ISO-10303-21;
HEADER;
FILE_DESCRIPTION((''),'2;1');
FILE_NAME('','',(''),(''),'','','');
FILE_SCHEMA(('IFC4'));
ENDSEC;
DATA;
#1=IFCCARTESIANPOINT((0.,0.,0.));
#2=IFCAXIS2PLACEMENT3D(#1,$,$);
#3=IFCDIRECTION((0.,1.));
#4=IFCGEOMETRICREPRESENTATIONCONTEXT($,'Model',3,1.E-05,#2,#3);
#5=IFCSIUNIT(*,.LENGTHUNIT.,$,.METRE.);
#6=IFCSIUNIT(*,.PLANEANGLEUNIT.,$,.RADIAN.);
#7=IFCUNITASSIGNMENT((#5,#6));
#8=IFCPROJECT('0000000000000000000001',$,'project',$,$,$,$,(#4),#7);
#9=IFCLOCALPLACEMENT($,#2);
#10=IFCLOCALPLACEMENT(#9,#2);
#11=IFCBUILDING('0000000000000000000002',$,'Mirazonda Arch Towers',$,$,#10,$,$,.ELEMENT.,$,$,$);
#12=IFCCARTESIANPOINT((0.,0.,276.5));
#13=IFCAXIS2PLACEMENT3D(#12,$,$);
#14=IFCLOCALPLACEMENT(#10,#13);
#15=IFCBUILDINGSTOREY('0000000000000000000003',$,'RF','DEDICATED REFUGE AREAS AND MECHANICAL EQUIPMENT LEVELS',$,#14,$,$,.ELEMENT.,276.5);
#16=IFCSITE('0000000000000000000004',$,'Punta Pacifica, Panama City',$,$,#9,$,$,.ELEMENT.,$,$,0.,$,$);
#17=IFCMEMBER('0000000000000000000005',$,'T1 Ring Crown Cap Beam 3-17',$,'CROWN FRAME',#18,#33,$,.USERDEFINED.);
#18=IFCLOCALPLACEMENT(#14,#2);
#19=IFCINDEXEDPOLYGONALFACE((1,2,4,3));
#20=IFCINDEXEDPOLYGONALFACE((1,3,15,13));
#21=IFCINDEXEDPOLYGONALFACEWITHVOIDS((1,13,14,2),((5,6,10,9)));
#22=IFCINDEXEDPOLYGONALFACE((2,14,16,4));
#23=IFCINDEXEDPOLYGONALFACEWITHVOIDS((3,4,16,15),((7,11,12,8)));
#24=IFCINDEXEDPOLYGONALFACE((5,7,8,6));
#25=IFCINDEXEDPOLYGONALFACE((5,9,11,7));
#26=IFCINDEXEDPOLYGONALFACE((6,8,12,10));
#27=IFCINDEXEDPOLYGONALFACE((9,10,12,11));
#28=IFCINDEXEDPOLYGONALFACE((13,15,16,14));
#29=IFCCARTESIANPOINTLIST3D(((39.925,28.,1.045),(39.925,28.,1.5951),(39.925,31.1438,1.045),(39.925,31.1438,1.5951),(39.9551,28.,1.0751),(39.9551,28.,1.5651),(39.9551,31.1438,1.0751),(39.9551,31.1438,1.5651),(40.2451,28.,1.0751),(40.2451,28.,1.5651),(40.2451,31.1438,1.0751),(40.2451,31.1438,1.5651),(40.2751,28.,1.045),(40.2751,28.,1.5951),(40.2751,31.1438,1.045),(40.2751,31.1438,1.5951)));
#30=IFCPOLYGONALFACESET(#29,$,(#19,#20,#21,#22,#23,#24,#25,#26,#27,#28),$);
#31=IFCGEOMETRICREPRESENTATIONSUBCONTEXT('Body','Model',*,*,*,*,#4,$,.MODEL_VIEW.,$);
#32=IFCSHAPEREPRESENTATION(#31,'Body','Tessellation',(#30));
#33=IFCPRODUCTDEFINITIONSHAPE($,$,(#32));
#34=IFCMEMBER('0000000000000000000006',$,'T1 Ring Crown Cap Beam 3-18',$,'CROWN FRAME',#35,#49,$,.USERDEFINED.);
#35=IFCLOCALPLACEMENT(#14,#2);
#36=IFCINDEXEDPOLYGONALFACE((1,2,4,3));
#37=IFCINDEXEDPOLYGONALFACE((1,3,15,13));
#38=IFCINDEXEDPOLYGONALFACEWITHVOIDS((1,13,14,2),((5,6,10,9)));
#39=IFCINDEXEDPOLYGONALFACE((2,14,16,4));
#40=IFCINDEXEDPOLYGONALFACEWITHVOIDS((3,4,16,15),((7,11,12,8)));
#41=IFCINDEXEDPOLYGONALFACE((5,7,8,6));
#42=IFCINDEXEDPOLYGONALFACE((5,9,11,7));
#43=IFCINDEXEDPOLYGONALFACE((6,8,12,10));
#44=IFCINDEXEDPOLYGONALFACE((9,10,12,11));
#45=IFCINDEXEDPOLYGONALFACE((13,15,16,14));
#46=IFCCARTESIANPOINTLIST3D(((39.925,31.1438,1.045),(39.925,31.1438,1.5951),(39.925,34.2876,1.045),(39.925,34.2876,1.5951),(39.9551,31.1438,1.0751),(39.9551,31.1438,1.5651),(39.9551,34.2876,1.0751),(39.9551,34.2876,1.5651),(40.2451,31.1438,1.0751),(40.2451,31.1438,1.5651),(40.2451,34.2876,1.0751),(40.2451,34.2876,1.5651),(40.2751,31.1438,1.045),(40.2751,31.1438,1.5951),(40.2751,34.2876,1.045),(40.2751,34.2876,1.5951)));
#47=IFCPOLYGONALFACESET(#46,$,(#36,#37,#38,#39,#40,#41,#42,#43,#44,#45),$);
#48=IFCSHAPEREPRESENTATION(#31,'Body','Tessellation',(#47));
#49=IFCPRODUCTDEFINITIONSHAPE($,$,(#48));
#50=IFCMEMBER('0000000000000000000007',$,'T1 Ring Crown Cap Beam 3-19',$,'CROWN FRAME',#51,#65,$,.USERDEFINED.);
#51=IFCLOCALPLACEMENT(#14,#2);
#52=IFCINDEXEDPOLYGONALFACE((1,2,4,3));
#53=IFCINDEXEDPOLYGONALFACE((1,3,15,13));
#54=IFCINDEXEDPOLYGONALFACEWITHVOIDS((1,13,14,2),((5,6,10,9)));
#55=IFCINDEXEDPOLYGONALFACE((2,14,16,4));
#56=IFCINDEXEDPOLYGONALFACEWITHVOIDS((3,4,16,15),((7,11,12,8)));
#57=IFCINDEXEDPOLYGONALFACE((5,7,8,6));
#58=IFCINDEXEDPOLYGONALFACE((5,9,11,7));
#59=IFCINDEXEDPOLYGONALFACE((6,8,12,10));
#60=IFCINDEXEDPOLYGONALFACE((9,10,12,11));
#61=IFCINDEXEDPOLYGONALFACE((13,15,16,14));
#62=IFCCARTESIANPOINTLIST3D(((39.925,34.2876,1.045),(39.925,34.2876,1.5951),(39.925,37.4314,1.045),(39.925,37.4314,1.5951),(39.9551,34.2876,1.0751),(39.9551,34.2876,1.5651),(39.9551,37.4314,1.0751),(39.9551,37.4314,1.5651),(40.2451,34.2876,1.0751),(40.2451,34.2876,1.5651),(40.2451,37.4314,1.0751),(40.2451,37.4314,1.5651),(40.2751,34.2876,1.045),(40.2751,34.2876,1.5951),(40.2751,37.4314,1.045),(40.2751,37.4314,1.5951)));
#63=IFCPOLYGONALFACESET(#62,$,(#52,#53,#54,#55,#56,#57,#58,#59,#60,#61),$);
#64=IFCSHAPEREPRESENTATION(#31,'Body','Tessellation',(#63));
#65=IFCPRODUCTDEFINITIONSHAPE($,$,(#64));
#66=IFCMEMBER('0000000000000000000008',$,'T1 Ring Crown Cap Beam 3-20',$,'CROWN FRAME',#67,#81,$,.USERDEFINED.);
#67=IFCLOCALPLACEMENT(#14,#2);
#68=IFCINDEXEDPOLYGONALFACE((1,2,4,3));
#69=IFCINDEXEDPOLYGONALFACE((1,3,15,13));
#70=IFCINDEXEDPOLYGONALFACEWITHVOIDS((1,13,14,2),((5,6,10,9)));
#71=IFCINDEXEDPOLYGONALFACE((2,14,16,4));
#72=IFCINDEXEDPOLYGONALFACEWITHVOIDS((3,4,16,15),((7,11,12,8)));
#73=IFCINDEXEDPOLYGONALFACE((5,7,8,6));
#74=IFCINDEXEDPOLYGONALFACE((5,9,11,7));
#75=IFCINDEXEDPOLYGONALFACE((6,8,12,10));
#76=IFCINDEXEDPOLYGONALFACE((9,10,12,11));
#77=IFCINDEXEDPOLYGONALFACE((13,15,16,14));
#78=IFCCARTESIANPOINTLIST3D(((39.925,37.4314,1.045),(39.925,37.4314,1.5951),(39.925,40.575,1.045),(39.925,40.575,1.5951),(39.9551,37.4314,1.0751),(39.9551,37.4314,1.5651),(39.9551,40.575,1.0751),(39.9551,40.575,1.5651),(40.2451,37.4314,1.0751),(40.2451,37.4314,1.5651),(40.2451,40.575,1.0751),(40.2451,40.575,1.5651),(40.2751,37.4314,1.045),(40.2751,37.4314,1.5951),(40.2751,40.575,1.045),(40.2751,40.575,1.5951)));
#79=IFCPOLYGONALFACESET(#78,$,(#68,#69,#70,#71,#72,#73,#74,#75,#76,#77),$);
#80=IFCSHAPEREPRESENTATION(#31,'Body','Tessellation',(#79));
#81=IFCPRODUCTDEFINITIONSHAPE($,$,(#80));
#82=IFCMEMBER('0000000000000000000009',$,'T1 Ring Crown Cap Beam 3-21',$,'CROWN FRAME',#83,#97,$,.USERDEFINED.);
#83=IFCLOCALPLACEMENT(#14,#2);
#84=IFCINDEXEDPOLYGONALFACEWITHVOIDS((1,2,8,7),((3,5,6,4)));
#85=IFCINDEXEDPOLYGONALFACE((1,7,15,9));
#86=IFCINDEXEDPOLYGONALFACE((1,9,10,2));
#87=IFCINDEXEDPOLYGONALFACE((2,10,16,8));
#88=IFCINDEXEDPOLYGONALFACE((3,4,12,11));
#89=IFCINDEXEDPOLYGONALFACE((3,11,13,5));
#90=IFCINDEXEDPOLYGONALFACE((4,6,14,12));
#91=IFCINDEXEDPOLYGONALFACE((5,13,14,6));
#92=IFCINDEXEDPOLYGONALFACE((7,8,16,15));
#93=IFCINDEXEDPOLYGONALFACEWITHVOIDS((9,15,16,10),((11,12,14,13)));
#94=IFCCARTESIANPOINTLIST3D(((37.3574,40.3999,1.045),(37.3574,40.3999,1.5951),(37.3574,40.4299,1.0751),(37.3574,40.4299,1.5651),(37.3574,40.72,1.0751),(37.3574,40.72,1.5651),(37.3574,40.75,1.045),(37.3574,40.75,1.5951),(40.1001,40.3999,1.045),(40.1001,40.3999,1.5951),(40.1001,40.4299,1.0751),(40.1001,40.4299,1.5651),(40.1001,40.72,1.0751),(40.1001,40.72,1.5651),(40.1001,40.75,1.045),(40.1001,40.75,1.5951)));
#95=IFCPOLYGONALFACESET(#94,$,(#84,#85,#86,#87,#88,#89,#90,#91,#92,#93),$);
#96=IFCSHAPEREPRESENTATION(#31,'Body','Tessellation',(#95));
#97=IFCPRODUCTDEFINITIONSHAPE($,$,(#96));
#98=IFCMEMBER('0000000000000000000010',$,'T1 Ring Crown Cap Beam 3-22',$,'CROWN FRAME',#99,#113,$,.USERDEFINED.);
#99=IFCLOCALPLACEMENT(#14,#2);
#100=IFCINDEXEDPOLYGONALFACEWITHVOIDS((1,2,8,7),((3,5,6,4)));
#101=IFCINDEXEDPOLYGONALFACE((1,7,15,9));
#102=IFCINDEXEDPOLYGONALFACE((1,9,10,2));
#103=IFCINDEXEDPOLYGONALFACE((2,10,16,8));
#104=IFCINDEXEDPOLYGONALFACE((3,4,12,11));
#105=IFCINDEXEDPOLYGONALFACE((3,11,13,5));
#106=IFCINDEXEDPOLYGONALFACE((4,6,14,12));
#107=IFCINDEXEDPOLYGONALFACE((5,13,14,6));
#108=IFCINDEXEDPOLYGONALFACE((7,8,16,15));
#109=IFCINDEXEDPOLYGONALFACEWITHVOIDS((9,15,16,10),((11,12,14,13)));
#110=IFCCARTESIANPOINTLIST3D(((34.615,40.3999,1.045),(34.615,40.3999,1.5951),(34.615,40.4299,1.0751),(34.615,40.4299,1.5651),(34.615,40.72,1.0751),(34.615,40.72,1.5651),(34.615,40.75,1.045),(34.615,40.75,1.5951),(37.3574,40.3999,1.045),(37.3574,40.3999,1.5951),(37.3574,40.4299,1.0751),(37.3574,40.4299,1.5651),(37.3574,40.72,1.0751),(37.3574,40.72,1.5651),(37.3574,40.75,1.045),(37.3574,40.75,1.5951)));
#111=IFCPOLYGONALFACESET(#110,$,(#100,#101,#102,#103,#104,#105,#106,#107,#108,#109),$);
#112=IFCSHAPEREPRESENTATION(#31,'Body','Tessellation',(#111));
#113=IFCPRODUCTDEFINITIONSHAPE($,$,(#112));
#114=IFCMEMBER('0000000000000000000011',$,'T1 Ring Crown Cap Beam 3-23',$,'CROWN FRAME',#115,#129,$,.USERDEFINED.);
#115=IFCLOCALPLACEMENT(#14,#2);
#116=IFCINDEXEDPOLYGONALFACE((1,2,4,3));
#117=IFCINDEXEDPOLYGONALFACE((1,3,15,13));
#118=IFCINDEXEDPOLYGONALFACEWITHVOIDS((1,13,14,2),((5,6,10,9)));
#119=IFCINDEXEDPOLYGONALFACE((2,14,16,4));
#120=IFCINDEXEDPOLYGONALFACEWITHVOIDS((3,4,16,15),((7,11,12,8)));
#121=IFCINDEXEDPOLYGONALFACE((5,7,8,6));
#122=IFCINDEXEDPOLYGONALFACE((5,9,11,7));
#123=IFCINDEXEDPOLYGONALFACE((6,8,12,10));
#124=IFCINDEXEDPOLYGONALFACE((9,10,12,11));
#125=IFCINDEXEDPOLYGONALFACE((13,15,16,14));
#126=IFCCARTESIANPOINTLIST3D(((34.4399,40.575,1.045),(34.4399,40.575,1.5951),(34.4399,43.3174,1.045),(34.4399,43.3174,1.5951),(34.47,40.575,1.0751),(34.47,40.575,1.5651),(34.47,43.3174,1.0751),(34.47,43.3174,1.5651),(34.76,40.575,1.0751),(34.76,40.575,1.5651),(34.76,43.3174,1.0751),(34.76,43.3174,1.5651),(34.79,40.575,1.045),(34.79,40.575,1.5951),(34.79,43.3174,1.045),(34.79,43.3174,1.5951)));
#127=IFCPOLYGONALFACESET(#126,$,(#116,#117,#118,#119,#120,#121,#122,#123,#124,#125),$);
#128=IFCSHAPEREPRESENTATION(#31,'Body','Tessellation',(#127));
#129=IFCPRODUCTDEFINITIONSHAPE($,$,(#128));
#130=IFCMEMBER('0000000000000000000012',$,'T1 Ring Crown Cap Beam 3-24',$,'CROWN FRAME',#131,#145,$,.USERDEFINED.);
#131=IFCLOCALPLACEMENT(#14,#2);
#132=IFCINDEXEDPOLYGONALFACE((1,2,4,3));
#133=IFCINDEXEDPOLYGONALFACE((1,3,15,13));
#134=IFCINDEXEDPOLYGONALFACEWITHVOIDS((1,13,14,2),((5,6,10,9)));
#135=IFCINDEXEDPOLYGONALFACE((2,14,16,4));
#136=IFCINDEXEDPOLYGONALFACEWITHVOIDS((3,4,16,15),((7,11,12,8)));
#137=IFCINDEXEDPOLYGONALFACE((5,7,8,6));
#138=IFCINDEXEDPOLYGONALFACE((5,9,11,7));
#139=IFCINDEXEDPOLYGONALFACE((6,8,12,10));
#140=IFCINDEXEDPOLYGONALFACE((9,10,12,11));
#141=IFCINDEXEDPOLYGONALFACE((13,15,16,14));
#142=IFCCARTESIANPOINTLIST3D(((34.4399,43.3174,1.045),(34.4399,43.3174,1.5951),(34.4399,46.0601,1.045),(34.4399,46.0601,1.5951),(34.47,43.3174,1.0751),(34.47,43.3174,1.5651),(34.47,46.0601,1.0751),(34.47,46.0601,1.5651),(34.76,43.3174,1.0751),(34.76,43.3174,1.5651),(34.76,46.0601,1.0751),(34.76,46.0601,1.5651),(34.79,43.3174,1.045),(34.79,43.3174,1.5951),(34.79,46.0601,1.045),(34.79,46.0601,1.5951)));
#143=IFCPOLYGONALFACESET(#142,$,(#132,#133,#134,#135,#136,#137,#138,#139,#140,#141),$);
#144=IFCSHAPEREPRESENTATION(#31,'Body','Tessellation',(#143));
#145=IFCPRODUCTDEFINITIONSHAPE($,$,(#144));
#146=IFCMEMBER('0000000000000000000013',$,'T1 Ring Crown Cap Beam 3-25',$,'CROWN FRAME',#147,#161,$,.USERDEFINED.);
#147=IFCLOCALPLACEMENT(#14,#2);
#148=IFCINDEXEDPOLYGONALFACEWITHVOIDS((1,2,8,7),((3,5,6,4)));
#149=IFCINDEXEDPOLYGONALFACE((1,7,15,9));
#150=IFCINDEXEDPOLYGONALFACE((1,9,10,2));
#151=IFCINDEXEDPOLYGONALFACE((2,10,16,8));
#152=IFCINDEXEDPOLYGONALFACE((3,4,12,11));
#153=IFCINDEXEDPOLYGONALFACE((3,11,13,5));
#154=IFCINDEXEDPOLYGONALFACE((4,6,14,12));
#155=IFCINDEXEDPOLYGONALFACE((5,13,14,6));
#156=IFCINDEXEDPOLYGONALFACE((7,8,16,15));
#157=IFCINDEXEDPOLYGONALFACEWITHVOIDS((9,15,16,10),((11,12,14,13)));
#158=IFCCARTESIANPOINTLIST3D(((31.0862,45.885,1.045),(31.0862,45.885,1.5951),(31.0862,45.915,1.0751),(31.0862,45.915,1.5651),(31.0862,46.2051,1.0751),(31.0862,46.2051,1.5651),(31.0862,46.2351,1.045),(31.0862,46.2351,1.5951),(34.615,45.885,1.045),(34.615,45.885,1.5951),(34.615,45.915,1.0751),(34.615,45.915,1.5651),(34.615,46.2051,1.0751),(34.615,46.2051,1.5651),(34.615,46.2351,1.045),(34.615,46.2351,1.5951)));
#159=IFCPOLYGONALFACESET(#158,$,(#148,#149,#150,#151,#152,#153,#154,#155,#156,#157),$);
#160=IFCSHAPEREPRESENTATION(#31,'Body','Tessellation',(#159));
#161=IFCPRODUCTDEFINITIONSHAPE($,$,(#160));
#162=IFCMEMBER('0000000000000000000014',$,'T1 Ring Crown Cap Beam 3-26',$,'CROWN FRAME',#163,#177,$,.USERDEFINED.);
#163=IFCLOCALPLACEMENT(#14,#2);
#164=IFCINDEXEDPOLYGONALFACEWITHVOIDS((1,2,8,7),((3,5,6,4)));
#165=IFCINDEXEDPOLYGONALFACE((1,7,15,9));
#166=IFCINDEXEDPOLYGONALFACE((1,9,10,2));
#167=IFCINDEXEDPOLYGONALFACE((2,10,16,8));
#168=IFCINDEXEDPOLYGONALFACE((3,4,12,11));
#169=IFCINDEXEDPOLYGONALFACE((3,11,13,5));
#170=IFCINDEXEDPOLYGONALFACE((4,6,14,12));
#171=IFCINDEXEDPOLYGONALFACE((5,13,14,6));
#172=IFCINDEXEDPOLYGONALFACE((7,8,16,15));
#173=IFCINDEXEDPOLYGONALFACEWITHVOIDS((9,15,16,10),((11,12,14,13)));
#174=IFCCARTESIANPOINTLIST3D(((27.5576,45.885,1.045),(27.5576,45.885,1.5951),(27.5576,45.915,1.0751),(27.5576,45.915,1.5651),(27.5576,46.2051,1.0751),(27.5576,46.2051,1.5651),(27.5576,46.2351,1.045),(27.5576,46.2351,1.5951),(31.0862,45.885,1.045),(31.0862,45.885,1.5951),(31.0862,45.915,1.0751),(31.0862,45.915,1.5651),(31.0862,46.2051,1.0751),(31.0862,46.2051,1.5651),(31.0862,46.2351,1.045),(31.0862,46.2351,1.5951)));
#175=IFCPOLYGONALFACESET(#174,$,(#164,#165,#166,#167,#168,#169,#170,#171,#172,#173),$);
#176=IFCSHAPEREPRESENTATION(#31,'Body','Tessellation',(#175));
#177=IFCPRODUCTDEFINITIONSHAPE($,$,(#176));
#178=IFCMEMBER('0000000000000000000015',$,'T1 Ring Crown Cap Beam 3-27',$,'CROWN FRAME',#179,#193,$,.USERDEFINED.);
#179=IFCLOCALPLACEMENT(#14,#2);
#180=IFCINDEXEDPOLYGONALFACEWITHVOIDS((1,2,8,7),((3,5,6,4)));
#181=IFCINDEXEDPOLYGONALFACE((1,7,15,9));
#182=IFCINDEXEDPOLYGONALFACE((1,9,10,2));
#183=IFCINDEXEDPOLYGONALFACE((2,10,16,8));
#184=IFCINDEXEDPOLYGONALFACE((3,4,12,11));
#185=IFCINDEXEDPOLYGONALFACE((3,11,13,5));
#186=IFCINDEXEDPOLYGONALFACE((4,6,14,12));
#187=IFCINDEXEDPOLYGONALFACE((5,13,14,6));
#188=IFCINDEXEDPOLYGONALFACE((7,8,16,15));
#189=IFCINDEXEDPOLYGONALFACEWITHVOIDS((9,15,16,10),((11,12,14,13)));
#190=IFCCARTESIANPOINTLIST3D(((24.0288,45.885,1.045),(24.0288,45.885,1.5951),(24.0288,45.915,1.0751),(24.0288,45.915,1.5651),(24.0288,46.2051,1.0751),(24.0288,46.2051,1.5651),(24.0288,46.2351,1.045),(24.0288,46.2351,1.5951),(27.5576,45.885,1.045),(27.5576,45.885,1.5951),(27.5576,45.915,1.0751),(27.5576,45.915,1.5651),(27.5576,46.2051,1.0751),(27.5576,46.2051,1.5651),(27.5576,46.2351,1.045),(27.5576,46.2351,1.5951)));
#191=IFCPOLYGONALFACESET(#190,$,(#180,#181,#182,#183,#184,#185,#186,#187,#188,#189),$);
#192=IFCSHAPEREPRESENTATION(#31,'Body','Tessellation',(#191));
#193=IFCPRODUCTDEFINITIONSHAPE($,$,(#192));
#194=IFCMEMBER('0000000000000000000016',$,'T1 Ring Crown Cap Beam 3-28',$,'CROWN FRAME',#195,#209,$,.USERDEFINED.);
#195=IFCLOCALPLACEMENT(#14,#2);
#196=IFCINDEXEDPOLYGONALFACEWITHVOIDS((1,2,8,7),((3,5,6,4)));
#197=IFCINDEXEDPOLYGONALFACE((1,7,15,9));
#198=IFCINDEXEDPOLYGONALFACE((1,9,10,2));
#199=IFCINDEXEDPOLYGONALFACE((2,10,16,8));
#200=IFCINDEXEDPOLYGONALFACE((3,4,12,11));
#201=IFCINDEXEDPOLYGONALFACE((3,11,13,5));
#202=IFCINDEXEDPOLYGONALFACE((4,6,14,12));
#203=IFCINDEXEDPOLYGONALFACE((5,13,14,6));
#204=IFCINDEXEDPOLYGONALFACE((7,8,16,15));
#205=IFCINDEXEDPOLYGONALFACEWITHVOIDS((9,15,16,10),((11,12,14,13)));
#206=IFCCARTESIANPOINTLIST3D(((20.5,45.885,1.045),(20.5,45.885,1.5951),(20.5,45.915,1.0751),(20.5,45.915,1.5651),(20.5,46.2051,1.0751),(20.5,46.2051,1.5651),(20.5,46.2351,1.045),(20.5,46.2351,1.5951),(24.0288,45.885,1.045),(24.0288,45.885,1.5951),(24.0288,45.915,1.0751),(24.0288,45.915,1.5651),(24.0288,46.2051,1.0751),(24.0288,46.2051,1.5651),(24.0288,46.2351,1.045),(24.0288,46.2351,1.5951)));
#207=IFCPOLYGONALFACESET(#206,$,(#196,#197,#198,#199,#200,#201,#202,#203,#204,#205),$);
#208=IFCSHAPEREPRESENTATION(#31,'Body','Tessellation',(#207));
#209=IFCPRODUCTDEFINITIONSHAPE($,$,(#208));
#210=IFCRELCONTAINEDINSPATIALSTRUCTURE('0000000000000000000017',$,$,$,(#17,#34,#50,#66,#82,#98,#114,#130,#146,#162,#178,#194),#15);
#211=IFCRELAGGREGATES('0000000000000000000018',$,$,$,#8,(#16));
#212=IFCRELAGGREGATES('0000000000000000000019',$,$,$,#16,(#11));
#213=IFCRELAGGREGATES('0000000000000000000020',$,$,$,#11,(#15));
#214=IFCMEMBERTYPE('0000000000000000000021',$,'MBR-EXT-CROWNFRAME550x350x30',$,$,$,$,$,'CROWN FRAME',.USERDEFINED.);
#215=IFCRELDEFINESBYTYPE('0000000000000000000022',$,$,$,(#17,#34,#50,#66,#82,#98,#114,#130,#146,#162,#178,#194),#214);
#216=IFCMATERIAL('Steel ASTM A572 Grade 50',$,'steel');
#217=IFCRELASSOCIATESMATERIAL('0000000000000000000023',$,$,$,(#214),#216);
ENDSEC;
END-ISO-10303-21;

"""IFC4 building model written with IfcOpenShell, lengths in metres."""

from ifc_helpers import new_model, si_unit, direction, frame, origin, origin_2d, place, context, subcontext, project, spatial, hollow_rectangle, extrude, material, material_profile, profile_set, type_object, element, save


model = new_model("IFC4")

# Units and contexts
model_context = context("Model", 3, precision=1e-05, world=origin(), true_north=direction((0.0, 1.0)))
body_context = subcontext(model_context, "Body", "Model", "MODEL_VIEW")
ifc_project = project(units=[si_unit("LENGTHUNIT", "METRE"), si_unit("PLANEANGLEUNIT", "RADIAN")], contexts=[model_context])

# Site, building, storey
site_placement = place(None, origin())
site = spatial("IfcSite", under=ifc_project, at=site_placement, Name="Punta Pacifica, Panama City", CompositionType="ELEMENT", RefElevation=0.0)
building_placement = place(site_placement, origin())
building = spatial("IfcBuilding", under=site, at=building_placement, Name="Mirazonda Arch Towers", CompositionType="ELEMENT")
storey_placement = place(building_placement, frame((0.0, 0.0, 276.5)))
storey = spatial("IfcBuildingStorey", under=building, at=storey_placement, Name="RF", Description="DEDICATED REFUGE AREAS AND MECHANICAL EQUIPMENT LEVELS", CompositionType="ELEMENT", Elevation=276.5)

# Members
ifc_material_1 = material(Name="Steel ASTM A572 Grade 50", Category="steel")
ifc_material_profile = material_profile(ifc_material_1, hollow_rectangle(XDim=0.3501, YDim=0.55, WallThickness=0.03, at=origin_2d()), Name="CROWNFRAME550x350x30")
ifc_profile_set = profile_set([ifc_material_profile], Name="Steel ASTM A572 Grade 50")
member_type = type_object("IfcMemberType", Name="MBR-EXT-CROWNFRAME550x350x30", ElementType="CROWN FRAME", PredefinedType="USERDEFINED", material=ifc_profile_set)
for number, where, z_axis, x_axis, name in (
    (1, (40.1001, 28.0, 1.3201), (0.0, 1.0, 0.0), (-1.0, 0.0, 0.0), "T1 Ring Crown Cap Beam 3-17"),
    (2, (40.1001, 31.1438, 1.3201), (0.0, 1.0, 0.0), (-1.0, 0.0, 0.0), "T1 Ring Crown Cap Beam 3-18"),
    (3, (40.1001, 34.2876, 1.3201), (0.0, 1.0, 0.0), (-1.0, 0.0, 0.0), "T1 Ring Crown Cap Beam 3-19"),
):
    element("IfcMember", number, at=place(storey_placement, frame(where, z_axis=z_axis, x_axis=x_axis)), inside=storey, type_object=member_type, Name=name, ObjectType="CROWN FRAME", PredefinedType="USERDEFINED", context=body_context, shape_type="SweptSolid", body=[
        extrude(hollow_rectangle(XDim=0.3501, YDim=0.55, WallThickness=0.03, at=origin_2d()), origin(), (0.0, 0.0, 1.0), 3.1438),
    ])
member_1_placement = place(storey_placement, frame((40.1001, 37.4314, 1.3201), z_axis=(0.0, 1.0, 0.0), x_axis=(-1.0, 0.0, 0.0)))
element("IfcMember", 4, at=member_1_placement, inside=storey, type_object=member_type, Name="T1 Ring Crown Cap Beam 3-20", ObjectType="CROWN FRAME", PredefinedType="USERDEFINED", context=body_context, shape_type="SweptSolid", body=[
    extrude(hollow_rectangle(XDim=0.3501, YDim=0.55, WallThickness=0.03, at=origin_2d()), origin(), (0.0, 0.0, 1.0), 3.1436),
])
member_2_placement = place(storey_placement, frame((40.1001, 40.575, 1.3201), z_axis=(-1.0, 0.0, 0.0), x_axis=(0.0, -1.0, 0.0)))
element("IfcMember", 5, at=member_2_placement, inside=storey, type_object=member_type, Name="T1 Ring Crown Cap Beam 3-21", ObjectType="CROWN FRAME", PredefinedType="USERDEFINED", context=body_context, shape_type="SweptSolid", body=[
    extrude(hollow_rectangle(XDim=0.3501, YDim=0.55, WallThickness=0.03, at=origin_2d()), origin(), (0.0, 0.0, 1.0), 2.7427),
])
for number, where, z_axis, x_axis, name in (
    (6, (37.3574, 40.575, 1.3201), (-1.0, 0.0, 0.0), (0.0, -1.0, 0.0), "T1 Ring Crown Cap Beam 3-22"),
    (7, (34.615, 40.575, 1.3201), (0.0, 1.0, 0.0), (-1.0, 0.0, 0.0), "T1 Ring Crown Cap Beam 3-23"),
):
    element("IfcMember", number, at=place(storey_placement, frame(where, z_axis=z_axis, x_axis=x_axis)), inside=storey, type_object=member_type, Name=name, ObjectType="CROWN FRAME", PredefinedType="USERDEFINED", context=body_context, shape_type="SweptSolid", body=[
        extrude(hollow_rectangle(XDim=0.3501, YDim=0.55, WallThickness=0.03, at=origin_2d()), origin(), (0.0, 0.0, 1.0), 2.7424),
    ])
member_3_placement = place(storey_placement, frame((34.615, 43.3174, 1.3201), z_axis=(0.0, 1.0, 0.0), x_axis=(-1.0, 0.0, 0.0)))
element("IfcMember", 8, at=member_3_placement, inside=storey, type_object=member_type, Name="T1 Ring Crown Cap Beam 3-24", ObjectType="CROWN FRAME", PredefinedType="USERDEFINED", context=body_context, shape_type="SweptSolid", body=[
    extrude(hollow_rectangle(XDim=0.3501, YDim=0.55, WallThickness=0.03, at=origin_2d()), origin(), (0.0, 0.0, 1.0), 2.7427),
])
member_4_placement = place(storey_placement, frame((34.615, 46.0601, 1.3201), z_axis=(-1.0, 0.0, 0.0), x_axis=(0.0, -1.0, 0.0)))
element("IfcMember", 9, at=member_4_placement, inside=storey, type_object=member_type, Name="T1 Ring Crown Cap Beam 3-25", ObjectType="CROWN FRAME", PredefinedType="USERDEFINED", context=body_context, shape_type="SweptSolid", body=[
    extrude(hollow_rectangle(XDim=0.3501, YDim=0.55, WallThickness=0.03, at=origin_2d()), origin(), (0.0, 0.0, 1.0), 3.5288),
])
member_5_placement = place(storey_placement, frame((31.0862, 46.0601, 1.3201), z_axis=(-1.0, 0.0, 0.0), x_axis=(0.0, -1.0, 0.0)))
element("IfcMember", 10, at=member_5_placement, inside=storey, type_object=member_type, Name="T1 Ring Crown Cap Beam 3-26", ObjectType="CROWN FRAME", PredefinedType="USERDEFINED", context=body_context, shape_type="SweptSolid", body=[
    extrude(hollow_rectangle(XDim=0.3501, YDim=0.55, WallThickness=0.03, at=origin_2d()), origin(), (0.0, 0.0, 1.0), 3.5286),
])
for number, where, z_axis, x_axis, name in (
    (11, (27.5576, 46.0601, 1.3201), (-1.0, 0.0, 0.0), (0.0, -1.0, 0.0), "T1 Ring Crown Cap Beam 3-27"),
    (12, (24.0288, 46.0601, 1.3201), (-1.0, 0.0, 0.0), (0.0, -1.0, 0.0), "T1 Ring Crown Cap Beam 3-28"),
):
    element("IfcMember", number, at=place(storey_placement, frame(where, z_axis=z_axis, x_axis=x_axis)), inside=storey, type_object=member_type, Name=name, ObjectType="CROWN FRAME", PredefinedType="USERDEFINED", context=body_context, shape_type="SweptSolid", body=[
        extrude(hollow_rectangle(XDim=0.3501, YDim=0.55, WallThickness=0.03, at=origin_2d()), origin(), (0.0, 0.0, 1.0), 3.5288),
    ])

save(model, "model.ifc")
